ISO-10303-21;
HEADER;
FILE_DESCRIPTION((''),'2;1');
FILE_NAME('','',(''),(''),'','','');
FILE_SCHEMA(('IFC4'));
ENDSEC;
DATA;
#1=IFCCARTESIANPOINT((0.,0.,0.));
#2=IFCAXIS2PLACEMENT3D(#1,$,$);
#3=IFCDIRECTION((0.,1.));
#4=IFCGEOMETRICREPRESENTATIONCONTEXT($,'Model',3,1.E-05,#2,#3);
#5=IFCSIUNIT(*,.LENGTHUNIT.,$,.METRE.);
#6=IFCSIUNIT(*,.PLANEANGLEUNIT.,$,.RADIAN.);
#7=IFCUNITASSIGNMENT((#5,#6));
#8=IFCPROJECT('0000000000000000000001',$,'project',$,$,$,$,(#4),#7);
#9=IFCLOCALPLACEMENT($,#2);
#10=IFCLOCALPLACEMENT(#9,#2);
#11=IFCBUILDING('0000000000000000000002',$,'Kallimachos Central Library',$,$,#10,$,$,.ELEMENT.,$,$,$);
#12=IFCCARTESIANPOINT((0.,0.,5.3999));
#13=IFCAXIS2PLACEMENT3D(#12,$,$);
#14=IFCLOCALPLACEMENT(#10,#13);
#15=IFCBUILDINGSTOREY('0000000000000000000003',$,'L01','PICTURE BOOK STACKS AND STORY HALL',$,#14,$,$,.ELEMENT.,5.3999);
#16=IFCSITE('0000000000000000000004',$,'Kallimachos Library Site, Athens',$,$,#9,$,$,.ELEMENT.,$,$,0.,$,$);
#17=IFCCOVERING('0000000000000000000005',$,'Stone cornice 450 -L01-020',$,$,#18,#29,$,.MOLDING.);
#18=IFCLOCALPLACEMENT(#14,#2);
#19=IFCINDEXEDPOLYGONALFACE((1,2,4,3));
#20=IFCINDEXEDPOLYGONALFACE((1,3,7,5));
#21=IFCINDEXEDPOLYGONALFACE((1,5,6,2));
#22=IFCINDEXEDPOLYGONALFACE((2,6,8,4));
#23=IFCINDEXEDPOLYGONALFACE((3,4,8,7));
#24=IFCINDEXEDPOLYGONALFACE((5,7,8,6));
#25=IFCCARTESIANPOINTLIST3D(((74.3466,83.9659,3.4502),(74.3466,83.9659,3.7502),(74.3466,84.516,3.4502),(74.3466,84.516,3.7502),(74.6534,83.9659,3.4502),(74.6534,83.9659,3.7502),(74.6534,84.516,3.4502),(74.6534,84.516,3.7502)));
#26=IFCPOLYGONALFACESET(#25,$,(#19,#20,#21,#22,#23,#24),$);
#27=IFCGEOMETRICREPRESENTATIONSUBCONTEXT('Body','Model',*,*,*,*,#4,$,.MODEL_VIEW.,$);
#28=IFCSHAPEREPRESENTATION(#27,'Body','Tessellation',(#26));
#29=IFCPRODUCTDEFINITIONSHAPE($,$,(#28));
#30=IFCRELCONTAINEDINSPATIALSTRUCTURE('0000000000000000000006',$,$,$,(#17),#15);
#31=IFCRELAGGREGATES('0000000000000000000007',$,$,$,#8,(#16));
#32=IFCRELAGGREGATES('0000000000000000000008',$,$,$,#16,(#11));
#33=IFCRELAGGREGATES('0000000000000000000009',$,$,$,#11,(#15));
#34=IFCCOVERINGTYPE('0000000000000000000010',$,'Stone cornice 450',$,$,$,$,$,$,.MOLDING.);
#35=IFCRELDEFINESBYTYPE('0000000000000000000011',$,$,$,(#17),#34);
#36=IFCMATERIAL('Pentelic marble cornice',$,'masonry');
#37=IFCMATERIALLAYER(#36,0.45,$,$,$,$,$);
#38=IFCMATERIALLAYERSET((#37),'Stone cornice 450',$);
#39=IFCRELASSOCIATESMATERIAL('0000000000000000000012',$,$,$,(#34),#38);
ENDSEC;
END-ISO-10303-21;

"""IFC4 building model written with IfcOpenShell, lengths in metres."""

from ifc_helpers import new_model, si_unit, direction, frame, origin, origin_2d, place, context, subcontext, project, spatial, rectangle, extrude, material, layer, layer_set, type_object, element, save


model = new_model("IFC4")

# Units and contexts
model_context = context("Model", 3, precision=1e-05, world=origin(), true_north=direction((0.0, 1.0)))
body_context = subcontext(model_context, "Body", "Model", "MODEL_VIEW")
ifc_project = project(units=[si_unit("LENGTHUNIT", "METRE"), si_unit("PLANEANGLEUNIT", "RADIAN")], contexts=[model_context])

# Site, building, storey
site_placement = place(None, origin())
site = spatial("IfcSite", under=ifc_project, at=site_placement, Name="Kallimachos Library Site, Athens", CompositionType="ELEMENT", RefElevation=0.0)
building_placement = place(site_placement, origin())
building = spatial("IfcBuilding", under=site, at=building_placement, Name="Kallimachos Central Library", CompositionType="ELEMENT")
storey_placement = place(building_placement, frame((0.0, 0.0, 5.3999)))
storey = spatial("IfcBuildingStorey", under=building, at=storey_placement, Name="L01", Description="PICTURE BOOK STACKS AND STORY HALL", CompositionType="ELEMENT", Elevation=5.3999)

# Covering
ifc_material_1 = material(Name="Pentelic marble cornice", Category="masonry")
ifc_layer_1 = layer(ifc_material_1, 0.45)
ifc_layer_set_1 = layer_set([ifc_layer_1], Name="Stone cornice 450")
covering_type_1 = type_object("IfcCoveringType", Name="Stone cornice 450", PredefinedType="MOLDING", material=ifc_layer_set_1)
covering_placement = place(storey_placement, frame((74.5, 84.241, 3.4502), z_axis=(0.0, 0.0, 1.0), x_axis=(1.0, 0.0, 0.0)))
element("IfcCovering", 1, at=covering_placement, inside=storey, type_object=covering_type_1, Name="Stone cornice 450 -L01-020", PredefinedType="MOLDING", context=body_context, shape_type="SweptSolid", body=[
    extrude(rectangle(XDim=0.3069, YDim=0.55, at=origin_2d()), origin(), (0.0, 0.0, 1.0), 0.3),
])

save(model, "model.ifc")
